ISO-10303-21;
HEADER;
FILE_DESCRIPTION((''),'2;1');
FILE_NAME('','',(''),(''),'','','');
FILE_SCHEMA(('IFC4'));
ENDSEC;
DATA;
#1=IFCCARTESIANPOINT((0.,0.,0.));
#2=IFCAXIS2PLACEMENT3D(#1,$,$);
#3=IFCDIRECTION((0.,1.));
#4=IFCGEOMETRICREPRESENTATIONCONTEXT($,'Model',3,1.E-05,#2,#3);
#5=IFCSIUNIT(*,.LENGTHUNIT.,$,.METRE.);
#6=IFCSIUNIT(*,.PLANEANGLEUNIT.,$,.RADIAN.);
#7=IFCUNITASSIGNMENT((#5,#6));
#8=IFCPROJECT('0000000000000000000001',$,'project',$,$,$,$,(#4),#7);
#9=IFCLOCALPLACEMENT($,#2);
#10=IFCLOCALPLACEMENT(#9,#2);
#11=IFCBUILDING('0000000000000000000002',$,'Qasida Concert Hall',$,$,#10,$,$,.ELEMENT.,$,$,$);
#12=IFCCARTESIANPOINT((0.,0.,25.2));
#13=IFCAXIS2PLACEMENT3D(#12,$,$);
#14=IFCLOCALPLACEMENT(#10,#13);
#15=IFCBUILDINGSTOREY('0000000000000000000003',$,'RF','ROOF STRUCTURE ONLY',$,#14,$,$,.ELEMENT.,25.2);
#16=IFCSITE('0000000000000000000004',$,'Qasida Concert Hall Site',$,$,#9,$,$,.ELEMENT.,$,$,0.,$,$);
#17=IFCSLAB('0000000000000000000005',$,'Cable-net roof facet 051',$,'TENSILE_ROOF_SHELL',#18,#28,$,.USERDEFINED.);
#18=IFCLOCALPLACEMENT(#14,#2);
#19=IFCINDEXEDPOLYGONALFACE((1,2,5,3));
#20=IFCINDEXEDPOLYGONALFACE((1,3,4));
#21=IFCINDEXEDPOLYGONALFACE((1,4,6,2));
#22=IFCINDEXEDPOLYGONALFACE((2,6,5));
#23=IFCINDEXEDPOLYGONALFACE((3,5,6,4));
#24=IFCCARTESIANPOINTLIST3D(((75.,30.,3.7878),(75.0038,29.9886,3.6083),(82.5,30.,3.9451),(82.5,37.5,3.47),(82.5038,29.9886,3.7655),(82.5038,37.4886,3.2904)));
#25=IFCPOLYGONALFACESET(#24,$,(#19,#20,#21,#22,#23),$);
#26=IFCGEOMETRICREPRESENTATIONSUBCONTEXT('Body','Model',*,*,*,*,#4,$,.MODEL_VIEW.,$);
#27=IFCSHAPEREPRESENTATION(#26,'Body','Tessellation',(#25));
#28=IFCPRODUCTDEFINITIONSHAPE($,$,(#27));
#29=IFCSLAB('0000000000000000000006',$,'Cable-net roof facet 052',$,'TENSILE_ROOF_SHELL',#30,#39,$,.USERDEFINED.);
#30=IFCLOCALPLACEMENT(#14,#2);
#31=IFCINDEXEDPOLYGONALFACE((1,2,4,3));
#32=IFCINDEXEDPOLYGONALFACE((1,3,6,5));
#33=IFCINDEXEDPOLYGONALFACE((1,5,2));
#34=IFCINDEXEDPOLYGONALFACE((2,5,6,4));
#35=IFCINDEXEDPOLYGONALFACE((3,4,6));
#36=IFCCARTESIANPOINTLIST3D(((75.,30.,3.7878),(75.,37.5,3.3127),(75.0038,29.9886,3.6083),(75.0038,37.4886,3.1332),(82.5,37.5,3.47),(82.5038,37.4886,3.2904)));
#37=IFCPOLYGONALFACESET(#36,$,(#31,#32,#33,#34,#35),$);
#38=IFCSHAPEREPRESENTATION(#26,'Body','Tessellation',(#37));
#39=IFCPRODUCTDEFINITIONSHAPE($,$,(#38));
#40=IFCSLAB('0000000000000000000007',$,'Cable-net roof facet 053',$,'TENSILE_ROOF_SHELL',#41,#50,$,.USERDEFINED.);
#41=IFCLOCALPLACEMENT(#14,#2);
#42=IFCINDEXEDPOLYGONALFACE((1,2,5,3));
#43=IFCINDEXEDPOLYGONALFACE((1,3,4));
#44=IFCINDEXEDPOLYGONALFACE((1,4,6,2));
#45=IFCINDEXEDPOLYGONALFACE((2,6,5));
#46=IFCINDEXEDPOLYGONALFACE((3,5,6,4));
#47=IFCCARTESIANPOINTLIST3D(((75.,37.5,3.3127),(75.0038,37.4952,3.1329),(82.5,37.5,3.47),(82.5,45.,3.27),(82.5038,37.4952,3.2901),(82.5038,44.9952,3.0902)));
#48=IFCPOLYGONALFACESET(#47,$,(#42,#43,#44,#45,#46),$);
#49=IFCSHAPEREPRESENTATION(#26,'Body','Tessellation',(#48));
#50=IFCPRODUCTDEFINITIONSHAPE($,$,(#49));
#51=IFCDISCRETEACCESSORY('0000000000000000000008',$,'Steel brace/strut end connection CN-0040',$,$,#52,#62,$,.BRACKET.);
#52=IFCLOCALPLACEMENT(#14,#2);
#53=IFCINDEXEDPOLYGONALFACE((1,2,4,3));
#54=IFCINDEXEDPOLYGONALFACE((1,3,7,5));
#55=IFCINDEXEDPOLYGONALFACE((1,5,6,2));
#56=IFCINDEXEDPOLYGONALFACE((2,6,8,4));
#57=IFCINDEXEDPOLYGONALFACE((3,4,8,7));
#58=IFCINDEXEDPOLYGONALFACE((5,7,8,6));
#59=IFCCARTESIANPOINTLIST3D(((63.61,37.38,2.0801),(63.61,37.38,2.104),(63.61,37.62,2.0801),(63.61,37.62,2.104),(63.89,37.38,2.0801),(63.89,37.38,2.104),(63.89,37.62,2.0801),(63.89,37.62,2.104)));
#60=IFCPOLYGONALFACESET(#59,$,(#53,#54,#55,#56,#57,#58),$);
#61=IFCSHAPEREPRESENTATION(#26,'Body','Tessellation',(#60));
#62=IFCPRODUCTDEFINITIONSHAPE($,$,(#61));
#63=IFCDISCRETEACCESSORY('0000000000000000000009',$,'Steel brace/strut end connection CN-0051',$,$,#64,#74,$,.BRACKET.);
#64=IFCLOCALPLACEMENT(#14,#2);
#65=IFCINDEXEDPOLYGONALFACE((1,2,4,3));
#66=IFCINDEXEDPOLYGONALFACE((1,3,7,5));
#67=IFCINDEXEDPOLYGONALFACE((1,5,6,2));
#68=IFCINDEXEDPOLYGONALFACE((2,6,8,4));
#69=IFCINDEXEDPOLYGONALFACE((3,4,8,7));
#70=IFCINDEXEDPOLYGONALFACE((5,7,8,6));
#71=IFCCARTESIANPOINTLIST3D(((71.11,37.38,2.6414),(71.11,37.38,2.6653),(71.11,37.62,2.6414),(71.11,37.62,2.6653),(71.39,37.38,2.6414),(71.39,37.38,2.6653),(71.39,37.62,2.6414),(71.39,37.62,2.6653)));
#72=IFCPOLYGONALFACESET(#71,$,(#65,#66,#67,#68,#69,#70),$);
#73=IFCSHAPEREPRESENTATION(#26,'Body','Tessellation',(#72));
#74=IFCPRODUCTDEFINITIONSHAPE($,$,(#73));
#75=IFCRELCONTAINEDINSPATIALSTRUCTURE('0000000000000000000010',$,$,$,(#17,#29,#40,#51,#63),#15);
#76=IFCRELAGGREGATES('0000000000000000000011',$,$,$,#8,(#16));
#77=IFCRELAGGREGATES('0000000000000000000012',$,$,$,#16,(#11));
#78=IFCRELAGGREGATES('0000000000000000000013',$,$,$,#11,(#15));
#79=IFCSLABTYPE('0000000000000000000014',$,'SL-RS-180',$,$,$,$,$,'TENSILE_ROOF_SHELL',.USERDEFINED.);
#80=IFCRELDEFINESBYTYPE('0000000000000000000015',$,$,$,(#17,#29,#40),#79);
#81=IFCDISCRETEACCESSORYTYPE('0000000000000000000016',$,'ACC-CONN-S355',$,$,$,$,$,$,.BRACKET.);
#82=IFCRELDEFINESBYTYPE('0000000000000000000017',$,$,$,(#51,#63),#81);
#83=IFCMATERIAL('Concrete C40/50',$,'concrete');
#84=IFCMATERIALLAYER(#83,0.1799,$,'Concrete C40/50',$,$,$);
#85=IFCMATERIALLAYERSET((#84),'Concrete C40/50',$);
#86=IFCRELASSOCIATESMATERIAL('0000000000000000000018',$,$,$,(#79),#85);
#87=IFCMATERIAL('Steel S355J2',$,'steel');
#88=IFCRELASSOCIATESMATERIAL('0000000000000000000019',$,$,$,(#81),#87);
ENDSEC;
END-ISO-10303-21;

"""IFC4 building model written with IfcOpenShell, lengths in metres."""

from ifc_helpers import new_model, si_unit, direction, frame, origin, origin_2d, place, context, subcontext, project, spatial, polyline, rectangle, outline, extrude, material, layer, layer_set, type_object, element, save


model = new_model("IFC4")

# Units and contexts
model_context = context("Model", 3, precision=1e-05, world=origin(), true_north=direction((0.0, 1.0)))
body_context = subcontext(model_context, "Body", "Model", "MODEL_VIEW")
ifc_project = project(units=[si_unit("LENGTHUNIT", "METRE"), si_unit("PLANEANGLEUNIT", "RADIAN")], contexts=[model_context])

# Site, building, storey
site_placement = place(None, origin())
site = spatial("IfcSite", under=ifc_project, at=site_placement, Name="Qasida Concert Hall Site", CompositionType="ELEMENT", RefElevation=0.0)
building_placement = place(site_placement, origin())
building = spatial("IfcBuilding", under=site, at=building_placement, Name="Qasida Concert Hall", CompositionType="ELEMENT")
storey_placement = place(building_placement, frame((0.0, 0.0, 25.2)))
storey = spatial("IfcBuildingStorey", under=building, at=storey_placement, Name="RF", Description="ROOF STRUCTURE ONLY", CompositionType="ELEMENT", Elevation=25.2)

# Shared definitions
ifc_material_1 = material(Name="Steel S355J2", Category="steel")

# Slabs
ifc_material_2 = material(Name="Concrete C40/50", Category="concrete")
ifc_layer_1 = layer(ifc_material_2, 0.1799, Name="Concrete C40/50")
ifc_layer_set_1 = layer_set([ifc_layer_1], Name="Concrete C40/50")
slab_type = type_object("IfcSlabType", Name="SL-RS-180", ElementType="TENSILE_ROOF_SHELL", PredefinedType="USERDEFINED", material=ifc_layer_set_1)
slab_1_placement = place(storey_placement, frame((75.0, 30.0, 3.7878), z_axis=(-0.020917, 0.063206, 0.997781), x_axis=(0.99978, 0.0, 0.020959)))
element("IfcSlab", 1, at=slab_1_placement, inside=storey, type_object=slab_type, Name="Cable-net roof facet 051", ObjectType="TENSILE_ROOF_SHELL", PredefinedType="USERDEFINED", context=body_context, shape_type="SweptSolid", body=[
    extrude(outline(polyline([(0.0, 0.0), (7.5016, 0.0), (7.4917, 7.515), (0.0, 0.0)])), origin(), (0.0, 0.0, -1.0), 0.1799),
])
slab_2_placement = place(storey_placement, frame((75.0, 30.0, 3.7878), z_axis=(-0.020917, 0.063206, 0.997781), x_axis=(0.706789, 0.706789, -0.029956)))
element("IfcSlab", 2, at=slab_2_placement, inside=storey, type_object=slab_type, Name="Cable-net roof facet 052", ObjectType="TENSILE_ROOF_SHELL", PredefinedType="USERDEFINED", context=body_context, shape_type="SweptSolid", body=[
    extrude(outline(polyline([(0.0, 0.0), (10.6114, 0.0), (5.3152, 5.3127), (0.0, 0.0)])), origin(), (0.0, 0.0, -1.0), 0.1799),
])
slab_3_placement = place(storey_placement, frame((75.0, 37.5, 3.3127), z_axis=(-0.020951, 0.026645, 0.999425), x_axis=(0.99978, 0.0, 0.020959)))
element("IfcSlab", 3, at=slab_3_placement, inside=storey, type_object=slab_type, Name="Cable-net roof facet 053", ObjectType="TENSILE_ROOF_SHELL", PredefinedType="USERDEFINED", context=body_context, shape_type="SweptSolid", body=[
    extrude(outline(polyline([(0.0, 0.0), (7.5016, 0.0), (7.4975, 7.5027), (0.0, 0.0)])), origin(), (0.0, 0.0, -1.0), 0.1799),
])

# Discrete accessories
discrete_accessory_type = type_object("IfcDiscreteAccessoryType", Name="ACC-CONN-S355", PredefinedType="BRACKET", material=ifc_material_1)
for number, where, z_axis, x_axis, name in (
    (4, (63.75, 37.5, 2.0801), (0.0, 0.0, 1.0), (1.0, 0.0, 0.0), "Steel brace/strut end connection CN-0040"),
    (5, (71.25, 37.5, 2.6414), (0.0, 0.0, 1.0), (1.0, 0.0, 0.0), "Steel brace/strut end connection CN-0051"),
):
    element("IfcDiscreteAccessory", number, at=place(storey_placement, frame(where, z_axis=z_axis, x_axis=x_axis)), inside=storey, type_object=discrete_accessory_type, Name=name, PredefinedType="BRACKET", context=body_context, shape_type="SweptSolid", body=[
        extrude(rectangle(XDim=0.28, YDim=0.24, at=origin_2d()), origin(), (0.0, 0.0, 1.0), 0.0239),
    ])

save(model, "model.ifc")
